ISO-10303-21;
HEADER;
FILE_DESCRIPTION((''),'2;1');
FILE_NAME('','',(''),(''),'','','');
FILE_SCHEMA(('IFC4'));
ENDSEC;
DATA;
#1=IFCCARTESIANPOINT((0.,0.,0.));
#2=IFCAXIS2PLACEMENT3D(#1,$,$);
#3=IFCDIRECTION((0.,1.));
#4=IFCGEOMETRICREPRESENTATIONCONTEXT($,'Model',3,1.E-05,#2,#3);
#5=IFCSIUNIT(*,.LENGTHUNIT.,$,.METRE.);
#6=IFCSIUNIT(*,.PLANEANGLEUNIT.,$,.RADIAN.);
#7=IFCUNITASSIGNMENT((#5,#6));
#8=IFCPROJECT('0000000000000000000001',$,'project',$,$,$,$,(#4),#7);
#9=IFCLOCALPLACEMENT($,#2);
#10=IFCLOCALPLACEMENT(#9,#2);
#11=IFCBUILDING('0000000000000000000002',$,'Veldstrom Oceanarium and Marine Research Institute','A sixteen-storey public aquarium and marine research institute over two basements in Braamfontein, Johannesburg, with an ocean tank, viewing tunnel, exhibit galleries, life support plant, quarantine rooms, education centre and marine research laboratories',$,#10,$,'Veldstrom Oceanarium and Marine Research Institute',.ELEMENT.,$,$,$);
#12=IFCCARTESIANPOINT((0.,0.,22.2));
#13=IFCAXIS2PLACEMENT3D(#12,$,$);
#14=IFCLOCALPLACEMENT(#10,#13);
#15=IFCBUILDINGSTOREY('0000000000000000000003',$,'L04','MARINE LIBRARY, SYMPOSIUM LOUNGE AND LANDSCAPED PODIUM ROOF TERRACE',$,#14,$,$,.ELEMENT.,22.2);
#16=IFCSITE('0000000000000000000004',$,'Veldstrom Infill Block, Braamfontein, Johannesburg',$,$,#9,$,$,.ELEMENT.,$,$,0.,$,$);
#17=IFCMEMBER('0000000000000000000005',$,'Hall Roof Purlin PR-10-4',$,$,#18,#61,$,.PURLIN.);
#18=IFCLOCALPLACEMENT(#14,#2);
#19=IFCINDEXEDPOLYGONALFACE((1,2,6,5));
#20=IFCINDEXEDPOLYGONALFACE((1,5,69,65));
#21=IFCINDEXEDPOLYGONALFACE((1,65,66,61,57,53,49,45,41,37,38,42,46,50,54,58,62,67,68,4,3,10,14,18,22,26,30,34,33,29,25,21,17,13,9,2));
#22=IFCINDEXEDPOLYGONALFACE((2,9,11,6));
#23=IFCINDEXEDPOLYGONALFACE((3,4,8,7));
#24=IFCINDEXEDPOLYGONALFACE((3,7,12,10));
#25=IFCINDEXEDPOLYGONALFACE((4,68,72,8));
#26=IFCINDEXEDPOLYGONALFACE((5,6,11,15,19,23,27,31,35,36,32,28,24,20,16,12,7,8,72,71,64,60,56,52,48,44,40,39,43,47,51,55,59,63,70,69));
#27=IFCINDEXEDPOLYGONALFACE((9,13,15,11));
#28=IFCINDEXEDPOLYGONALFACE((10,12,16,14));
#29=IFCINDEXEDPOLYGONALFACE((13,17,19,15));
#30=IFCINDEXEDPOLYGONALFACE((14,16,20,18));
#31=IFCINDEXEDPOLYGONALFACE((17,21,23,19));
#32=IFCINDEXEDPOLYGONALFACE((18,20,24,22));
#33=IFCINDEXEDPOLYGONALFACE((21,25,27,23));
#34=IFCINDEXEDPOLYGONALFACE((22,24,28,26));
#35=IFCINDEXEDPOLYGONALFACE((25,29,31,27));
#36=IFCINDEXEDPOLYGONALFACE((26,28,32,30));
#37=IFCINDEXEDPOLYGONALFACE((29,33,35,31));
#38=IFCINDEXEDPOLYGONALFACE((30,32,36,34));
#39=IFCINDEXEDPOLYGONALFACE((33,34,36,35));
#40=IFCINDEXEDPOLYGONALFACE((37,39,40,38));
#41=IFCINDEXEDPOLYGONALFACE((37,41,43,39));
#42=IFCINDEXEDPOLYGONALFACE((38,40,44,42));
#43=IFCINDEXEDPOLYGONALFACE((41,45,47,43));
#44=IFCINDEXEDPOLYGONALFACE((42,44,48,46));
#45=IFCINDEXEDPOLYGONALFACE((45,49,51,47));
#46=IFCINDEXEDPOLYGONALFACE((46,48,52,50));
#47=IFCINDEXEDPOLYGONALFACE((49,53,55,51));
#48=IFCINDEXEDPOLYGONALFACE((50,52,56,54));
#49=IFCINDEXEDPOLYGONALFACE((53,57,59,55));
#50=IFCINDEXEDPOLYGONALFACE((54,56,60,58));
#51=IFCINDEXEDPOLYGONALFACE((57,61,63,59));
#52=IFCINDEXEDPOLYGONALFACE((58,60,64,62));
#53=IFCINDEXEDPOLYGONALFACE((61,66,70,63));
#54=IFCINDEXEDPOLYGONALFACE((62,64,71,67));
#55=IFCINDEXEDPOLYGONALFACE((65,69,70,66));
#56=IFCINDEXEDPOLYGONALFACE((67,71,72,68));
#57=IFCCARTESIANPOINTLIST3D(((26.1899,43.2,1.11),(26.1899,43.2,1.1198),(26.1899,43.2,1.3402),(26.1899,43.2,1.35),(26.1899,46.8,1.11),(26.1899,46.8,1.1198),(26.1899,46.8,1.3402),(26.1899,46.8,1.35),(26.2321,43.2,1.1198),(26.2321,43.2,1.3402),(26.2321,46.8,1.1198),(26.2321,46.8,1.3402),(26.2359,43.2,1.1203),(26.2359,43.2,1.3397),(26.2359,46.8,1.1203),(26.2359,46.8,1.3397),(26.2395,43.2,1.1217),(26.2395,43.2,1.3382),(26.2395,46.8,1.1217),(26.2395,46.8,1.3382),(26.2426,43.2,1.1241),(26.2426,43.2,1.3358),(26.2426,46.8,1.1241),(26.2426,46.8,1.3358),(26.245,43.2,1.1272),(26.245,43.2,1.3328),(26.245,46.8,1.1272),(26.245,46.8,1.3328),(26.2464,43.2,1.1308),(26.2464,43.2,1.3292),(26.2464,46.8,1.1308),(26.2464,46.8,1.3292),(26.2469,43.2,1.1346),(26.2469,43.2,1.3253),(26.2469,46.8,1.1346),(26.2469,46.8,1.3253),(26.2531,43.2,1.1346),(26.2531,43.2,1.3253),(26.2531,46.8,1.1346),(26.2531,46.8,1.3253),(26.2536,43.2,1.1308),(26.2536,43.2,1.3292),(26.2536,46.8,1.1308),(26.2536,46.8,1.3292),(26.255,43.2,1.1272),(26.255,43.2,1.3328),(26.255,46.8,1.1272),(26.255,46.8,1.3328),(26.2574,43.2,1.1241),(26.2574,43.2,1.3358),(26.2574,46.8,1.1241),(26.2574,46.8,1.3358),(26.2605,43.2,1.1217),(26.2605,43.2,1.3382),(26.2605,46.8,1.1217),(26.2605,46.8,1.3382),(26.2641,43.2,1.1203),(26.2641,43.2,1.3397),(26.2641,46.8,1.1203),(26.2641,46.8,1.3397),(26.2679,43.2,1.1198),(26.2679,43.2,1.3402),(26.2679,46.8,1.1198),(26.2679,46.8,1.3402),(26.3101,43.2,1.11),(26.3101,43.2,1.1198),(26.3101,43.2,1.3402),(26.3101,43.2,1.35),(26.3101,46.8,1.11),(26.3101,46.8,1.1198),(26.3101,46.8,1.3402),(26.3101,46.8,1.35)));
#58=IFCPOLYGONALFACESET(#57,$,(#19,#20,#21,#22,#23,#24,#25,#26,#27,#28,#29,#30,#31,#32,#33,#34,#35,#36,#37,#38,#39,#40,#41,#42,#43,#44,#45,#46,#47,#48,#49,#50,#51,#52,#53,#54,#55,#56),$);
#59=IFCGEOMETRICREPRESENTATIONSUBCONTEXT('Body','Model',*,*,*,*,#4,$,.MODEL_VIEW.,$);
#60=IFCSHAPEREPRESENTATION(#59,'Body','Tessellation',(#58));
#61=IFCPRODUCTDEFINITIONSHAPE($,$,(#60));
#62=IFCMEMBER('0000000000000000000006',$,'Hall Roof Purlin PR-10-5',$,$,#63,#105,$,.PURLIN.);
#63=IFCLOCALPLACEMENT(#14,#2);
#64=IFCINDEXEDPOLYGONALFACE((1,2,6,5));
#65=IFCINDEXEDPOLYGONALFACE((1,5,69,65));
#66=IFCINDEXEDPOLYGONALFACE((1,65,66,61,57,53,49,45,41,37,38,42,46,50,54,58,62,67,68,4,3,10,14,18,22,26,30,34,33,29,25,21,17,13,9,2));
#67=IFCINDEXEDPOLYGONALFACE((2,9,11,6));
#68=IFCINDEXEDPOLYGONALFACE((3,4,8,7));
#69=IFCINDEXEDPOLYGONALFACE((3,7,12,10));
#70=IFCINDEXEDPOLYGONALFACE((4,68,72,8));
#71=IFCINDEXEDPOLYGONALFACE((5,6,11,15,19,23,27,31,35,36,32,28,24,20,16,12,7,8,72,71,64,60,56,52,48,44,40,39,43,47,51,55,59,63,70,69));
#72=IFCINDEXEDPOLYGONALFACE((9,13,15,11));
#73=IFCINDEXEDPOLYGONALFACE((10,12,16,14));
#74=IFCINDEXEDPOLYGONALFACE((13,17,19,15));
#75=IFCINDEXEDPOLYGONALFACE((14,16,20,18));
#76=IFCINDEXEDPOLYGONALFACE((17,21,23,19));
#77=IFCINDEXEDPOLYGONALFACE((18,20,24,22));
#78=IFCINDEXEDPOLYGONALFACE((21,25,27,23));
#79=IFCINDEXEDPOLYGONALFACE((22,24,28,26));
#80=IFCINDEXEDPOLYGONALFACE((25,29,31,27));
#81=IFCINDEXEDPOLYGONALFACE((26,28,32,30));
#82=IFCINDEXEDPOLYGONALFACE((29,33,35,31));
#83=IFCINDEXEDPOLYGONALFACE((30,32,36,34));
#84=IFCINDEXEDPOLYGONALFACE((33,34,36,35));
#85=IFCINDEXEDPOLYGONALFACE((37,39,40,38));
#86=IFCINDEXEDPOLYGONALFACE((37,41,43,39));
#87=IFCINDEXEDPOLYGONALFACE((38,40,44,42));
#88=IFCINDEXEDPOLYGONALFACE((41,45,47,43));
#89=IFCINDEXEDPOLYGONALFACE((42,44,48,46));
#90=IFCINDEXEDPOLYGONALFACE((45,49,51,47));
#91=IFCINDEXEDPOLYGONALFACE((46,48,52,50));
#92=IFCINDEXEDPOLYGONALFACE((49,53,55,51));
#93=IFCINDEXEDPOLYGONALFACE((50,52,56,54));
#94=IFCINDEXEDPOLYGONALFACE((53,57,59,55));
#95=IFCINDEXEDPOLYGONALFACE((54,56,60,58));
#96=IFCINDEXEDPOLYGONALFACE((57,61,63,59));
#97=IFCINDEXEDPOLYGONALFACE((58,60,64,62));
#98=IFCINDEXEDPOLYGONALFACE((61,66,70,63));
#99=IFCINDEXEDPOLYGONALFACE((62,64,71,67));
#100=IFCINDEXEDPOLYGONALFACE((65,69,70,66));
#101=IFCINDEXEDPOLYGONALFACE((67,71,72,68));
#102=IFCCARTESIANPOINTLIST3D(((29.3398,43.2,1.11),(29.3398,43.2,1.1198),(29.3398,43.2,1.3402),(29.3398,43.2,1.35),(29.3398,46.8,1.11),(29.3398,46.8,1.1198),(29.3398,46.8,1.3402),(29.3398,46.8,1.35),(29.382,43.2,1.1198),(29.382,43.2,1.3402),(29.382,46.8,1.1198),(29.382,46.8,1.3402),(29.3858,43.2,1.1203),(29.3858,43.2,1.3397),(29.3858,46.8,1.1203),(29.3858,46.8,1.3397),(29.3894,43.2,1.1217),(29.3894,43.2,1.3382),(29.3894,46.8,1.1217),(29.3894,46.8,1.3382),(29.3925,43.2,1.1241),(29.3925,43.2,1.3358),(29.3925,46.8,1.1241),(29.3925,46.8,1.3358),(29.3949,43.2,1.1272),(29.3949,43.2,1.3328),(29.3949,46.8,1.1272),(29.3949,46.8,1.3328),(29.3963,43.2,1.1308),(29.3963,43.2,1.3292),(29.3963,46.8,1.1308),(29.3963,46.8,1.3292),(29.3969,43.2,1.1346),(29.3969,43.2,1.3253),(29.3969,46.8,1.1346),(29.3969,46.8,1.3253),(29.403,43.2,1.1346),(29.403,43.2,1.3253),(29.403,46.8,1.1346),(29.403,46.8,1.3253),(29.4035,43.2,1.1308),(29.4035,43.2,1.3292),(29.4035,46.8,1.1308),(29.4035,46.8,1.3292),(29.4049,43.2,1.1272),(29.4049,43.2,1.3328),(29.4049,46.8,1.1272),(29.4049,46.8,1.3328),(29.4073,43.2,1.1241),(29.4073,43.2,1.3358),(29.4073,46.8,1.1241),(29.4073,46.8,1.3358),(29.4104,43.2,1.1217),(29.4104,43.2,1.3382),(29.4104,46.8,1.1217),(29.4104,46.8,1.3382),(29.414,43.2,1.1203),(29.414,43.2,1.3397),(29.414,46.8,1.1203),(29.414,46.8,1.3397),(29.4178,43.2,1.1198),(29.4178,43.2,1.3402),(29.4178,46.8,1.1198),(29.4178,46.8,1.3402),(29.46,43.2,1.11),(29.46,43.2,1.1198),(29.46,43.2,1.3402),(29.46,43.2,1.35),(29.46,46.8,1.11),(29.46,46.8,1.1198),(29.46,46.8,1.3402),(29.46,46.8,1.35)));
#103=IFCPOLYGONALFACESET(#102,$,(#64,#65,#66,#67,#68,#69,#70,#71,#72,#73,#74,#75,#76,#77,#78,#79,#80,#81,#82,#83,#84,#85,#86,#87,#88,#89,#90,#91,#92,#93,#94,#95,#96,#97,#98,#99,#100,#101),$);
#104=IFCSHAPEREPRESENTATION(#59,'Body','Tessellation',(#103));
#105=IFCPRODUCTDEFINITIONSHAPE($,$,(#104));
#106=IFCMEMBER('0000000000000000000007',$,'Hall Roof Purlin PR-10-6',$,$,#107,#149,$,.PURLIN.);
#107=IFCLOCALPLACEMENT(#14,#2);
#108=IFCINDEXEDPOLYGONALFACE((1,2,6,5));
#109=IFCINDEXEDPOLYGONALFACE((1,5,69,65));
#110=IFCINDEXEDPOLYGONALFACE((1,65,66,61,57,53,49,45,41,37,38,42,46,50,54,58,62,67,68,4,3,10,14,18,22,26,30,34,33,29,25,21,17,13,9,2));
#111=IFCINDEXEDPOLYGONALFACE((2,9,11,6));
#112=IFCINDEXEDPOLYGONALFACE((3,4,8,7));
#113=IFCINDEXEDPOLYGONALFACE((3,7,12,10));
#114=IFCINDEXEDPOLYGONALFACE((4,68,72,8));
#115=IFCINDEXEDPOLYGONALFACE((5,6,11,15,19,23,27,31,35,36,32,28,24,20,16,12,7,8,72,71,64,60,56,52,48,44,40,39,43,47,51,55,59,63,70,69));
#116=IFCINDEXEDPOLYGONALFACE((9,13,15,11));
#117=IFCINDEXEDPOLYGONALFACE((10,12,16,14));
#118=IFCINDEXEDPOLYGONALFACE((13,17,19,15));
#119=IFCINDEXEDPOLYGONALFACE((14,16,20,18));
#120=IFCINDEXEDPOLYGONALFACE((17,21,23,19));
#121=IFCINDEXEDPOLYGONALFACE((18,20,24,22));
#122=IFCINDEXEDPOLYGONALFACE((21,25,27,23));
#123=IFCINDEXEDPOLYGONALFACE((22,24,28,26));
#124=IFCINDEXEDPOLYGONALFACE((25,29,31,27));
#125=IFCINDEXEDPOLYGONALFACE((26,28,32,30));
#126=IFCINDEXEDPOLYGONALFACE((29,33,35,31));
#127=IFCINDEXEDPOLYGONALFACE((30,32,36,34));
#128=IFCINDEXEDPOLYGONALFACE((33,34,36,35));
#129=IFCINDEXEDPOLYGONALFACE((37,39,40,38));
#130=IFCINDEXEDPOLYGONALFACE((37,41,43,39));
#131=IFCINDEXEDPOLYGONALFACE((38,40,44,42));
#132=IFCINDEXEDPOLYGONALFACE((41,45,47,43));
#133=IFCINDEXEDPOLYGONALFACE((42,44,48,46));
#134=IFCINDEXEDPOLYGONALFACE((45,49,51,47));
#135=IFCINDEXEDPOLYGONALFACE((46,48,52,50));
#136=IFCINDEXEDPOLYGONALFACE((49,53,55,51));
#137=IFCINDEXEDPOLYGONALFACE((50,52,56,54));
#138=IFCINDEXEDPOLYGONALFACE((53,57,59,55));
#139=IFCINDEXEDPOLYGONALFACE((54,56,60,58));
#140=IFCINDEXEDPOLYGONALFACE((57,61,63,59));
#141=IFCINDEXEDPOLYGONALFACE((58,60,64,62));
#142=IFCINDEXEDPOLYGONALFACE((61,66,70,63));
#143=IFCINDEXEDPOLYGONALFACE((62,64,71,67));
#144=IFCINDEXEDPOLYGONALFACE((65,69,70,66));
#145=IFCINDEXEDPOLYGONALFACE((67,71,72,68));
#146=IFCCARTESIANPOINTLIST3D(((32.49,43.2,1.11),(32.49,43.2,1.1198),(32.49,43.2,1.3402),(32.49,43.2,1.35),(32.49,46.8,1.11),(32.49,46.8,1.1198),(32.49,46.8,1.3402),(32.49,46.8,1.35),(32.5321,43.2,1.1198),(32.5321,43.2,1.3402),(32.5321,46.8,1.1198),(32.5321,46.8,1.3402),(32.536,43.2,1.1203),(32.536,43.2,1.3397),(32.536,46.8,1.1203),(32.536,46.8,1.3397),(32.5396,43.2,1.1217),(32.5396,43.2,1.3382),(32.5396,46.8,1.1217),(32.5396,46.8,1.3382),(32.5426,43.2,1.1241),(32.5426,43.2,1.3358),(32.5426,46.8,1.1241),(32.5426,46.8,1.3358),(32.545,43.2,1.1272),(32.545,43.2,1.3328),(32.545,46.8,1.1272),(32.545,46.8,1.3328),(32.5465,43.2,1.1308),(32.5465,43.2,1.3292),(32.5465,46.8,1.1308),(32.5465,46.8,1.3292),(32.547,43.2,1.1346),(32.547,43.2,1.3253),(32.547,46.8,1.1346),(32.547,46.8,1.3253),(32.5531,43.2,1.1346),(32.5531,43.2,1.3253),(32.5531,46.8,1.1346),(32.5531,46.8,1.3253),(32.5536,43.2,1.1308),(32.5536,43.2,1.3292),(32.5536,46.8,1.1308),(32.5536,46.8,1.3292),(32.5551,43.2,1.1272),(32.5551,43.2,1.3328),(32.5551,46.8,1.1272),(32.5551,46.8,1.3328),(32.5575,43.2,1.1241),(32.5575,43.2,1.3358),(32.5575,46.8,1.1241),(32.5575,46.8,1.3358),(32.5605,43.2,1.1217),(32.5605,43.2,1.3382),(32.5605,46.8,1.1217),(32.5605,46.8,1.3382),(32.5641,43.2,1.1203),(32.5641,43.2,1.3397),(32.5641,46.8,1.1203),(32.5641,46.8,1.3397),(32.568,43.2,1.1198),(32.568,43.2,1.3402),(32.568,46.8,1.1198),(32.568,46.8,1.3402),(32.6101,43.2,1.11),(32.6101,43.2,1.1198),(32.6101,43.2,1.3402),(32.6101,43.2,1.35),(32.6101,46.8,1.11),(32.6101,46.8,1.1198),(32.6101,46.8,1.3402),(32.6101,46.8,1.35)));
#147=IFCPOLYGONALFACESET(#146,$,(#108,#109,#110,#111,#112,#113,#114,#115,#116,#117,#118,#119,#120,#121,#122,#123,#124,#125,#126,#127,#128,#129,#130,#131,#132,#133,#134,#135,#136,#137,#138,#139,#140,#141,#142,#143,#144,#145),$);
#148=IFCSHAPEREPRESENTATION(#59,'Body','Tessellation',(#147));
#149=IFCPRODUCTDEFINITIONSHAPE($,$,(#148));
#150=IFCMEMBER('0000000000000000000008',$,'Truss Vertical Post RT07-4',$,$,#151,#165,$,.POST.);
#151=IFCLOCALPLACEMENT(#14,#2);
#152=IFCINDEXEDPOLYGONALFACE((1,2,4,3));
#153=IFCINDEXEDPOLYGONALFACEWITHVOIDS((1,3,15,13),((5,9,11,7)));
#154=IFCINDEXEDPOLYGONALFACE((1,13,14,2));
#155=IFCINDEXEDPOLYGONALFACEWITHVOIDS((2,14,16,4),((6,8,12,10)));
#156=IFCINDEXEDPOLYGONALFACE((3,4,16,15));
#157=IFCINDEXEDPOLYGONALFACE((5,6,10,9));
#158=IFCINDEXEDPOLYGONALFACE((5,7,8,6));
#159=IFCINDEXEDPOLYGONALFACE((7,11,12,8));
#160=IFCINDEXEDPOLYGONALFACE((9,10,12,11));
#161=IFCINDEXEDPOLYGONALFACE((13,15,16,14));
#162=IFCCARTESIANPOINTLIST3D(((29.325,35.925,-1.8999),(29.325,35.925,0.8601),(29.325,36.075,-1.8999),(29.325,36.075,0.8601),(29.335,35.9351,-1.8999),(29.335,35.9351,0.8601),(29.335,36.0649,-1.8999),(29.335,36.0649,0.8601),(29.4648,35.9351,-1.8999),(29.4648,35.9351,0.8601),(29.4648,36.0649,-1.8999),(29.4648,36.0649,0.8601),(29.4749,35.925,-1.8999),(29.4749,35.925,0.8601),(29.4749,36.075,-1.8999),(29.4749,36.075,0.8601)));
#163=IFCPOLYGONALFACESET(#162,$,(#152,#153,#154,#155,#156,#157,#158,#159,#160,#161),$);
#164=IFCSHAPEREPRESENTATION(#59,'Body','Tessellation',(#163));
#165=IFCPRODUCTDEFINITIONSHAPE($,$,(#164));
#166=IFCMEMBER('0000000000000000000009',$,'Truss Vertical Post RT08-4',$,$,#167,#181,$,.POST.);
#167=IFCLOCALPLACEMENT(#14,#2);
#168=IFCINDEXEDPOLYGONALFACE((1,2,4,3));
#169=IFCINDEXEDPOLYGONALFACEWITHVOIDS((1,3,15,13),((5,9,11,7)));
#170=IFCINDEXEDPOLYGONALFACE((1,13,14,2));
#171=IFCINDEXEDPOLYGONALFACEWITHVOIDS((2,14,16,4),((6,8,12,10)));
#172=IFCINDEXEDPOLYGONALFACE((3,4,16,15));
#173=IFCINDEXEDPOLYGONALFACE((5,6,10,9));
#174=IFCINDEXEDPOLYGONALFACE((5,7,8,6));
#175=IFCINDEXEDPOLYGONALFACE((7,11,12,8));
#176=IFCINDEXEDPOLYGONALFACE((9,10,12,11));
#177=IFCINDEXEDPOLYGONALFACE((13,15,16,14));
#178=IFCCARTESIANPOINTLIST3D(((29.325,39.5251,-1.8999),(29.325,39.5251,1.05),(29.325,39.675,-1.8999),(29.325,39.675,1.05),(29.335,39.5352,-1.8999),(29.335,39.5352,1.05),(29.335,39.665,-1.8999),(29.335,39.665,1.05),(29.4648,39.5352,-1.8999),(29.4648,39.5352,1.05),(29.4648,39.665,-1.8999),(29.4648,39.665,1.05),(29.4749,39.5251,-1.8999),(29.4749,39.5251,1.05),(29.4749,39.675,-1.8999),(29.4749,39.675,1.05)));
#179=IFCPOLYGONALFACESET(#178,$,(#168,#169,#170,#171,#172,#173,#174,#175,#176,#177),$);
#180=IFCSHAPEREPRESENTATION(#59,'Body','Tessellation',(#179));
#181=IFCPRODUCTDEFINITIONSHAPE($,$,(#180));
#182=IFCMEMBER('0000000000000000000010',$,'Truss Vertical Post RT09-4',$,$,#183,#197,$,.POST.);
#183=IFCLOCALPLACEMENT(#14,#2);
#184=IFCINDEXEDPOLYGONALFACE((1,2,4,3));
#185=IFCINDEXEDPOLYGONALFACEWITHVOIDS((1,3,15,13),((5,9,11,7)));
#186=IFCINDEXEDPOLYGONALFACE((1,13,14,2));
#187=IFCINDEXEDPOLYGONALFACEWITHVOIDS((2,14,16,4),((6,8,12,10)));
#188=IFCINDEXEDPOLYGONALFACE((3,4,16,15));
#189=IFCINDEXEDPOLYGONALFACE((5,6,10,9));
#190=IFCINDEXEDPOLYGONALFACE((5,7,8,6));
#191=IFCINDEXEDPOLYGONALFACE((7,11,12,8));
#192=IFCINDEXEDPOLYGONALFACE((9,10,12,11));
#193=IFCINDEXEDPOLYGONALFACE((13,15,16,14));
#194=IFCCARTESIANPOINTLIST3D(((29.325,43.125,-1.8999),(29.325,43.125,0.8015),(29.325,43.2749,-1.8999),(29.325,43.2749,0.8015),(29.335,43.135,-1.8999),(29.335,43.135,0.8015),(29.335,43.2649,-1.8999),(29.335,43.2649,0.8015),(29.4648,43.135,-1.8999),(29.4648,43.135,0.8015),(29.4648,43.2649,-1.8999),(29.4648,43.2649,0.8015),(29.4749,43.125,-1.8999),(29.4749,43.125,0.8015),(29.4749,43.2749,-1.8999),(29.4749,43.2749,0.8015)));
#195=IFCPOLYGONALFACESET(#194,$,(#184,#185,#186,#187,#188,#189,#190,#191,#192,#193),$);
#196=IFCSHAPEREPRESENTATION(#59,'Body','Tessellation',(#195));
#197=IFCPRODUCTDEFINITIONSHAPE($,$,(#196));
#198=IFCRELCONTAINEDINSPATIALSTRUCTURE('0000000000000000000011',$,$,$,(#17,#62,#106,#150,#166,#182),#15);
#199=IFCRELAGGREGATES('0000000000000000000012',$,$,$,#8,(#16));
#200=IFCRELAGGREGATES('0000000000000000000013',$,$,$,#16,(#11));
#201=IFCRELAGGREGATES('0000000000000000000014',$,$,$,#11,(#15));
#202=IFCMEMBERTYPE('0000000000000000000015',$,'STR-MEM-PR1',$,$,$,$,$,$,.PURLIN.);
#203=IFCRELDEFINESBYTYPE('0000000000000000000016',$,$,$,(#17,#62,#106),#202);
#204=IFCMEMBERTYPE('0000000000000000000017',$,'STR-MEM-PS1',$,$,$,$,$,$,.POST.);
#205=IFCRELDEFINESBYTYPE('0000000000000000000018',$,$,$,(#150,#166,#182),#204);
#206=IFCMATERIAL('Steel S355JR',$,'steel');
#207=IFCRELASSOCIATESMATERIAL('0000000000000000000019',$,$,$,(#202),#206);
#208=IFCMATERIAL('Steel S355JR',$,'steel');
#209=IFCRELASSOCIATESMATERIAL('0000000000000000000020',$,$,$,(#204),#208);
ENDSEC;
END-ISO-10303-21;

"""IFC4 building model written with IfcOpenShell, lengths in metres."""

from ifc_helpers import new_model, si_unit, direction, frame, origin, origin_2d, place, context, subcontext, project, spatial, hollow_rectangle, i_section, extrude, material, material_profile, profile_set, type_object, element, save


model = new_model("IFC4")

# Units and contexts
model_context = context("Model", 3, precision=1e-05, world=origin(), true_north=direction((0.0, 1.0)))
body_context = subcontext(model_context, "Body", "Model", "MODEL_VIEW")
ifc_project = project(units=[si_unit("LENGTHUNIT", "METRE"), si_unit("PLANEANGLEUNIT", "RADIAN")], contexts=[model_context])

# Site, building, storey
site_placement = place(None, origin())
site = spatial("IfcSite", under=ifc_project, at=site_placement, Name="Veldstrom Infill Block, Braamfontein, Johannesburg", CompositionType="ELEMENT", RefElevation=0.0)
building_placement = place(site_placement, origin())
building = spatial("IfcBuilding", under=site, at=building_placement, Name="Veldstrom Oceanarium and Marine Research Institute", Description="A sixteen-storey public aquarium and marine research institute over two basements in Braamfontein, Johannesburg, with an ocean tank, viewing tunnel, exhibit galleries, life support plant, quarantine rooms, education centre and marine research laboratories", LongName="Veldstrom Oceanarium and Marine Research Institute", CompositionType="ELEMENT")
storey_placement = place(building_placement, frame((0.0, 0.0, 22.2)))
storey = spatial("IfcBuildingStorey", under=building, at=storey_placement, Name="L04", Description="MARINE LIBRARY, SYMPOSIUM LOUNGE AND LANDSCAPED PODIUM ROOF TERRACE", CompositionType="ELEMENT", Elevation=22.2)

# Members
ifc_material_1 = material(Name="Steel S355JR", Category="steel")
ifc_material_profile_1 = material_profile(ifc_material_1, i_section(OverallWidth=0.1201, OverallDepth=0.24, WebThickness=0.0061, FlangeThickness=0.0098, FilletRadius=0.0149, at=origin_2d()), Name="IPE 240")
ifc_profile_set_1 = profile_set([ifc_material_profile_1], Name="Steel S355JR")
member_type_1 = type_object("IfcMemberType", Name="STR-MEM-PR1", PredefinedType="PURLIN", material=ifc_profile_set_1)
for number, where, z_axis, x_axis, name in (
    (1, (26.25, 43.2, 1.23), (0.0, 1.0, 0.0), (-1.0, 0.0, 0.0), "Hall Roof Purlin PR-10-4"),
    (2, (29.3999, 43.2, 1.23), (0.0, 1.0, 0.0), (-1.0, 0.0, 0.0), "Hall Roof Purlin PR-10-5"),
    (3, (32.55, 43.2, 1.23), (0.0, 1.0, 0.0), (-1.0, 0.0, 0.0), "Hall Roof Purlin PR-10-6"),
):
    element("IfcMember", number, at=place(storey_placement, frame(where, z_axis=z_axis, x_axis=x_axis)), inside=storey, type_object=member_type_1, Name=name, PredefinedType="PURLIN", context=body_context, shape_type="SweptSolid", body=[
        extrude(i_section(OverallWidth=0.1201, OverallDepth=0.24, WebThickness=0.0061, FlangeThickness=0.0098, FilletRadius=0.0149, at=origin_2d()), origin(), (0.0, 0.0, 1.0), 3.6001),
    ])
ifc_material_2 = material(Name="Steel S355JR", Category="steel")
ifc_material_profile_2 = material_profile(ifc_material_2, hollow_rectangle(XDim=0.1499, YDim=0.1499, WallThickness=0.01, at=origin_2d()), Name="SHS 150x150x10")
ifc_profile_set_2 = profile_set([ifc_material_profile_2], Name="Steel S355JR")
member_type_2 = type_object("IfcMemberType", Name="STR-MEM-PS1", PredefinedType="POST", material=ifc_profile_set_2)
member_1_placement = place(storey_placement, frame((29.3999, 36.0, -1.8999), z_axis=(0.0, 0.0, 1.0), x_axis=(1.0, 0.0, 0.0)))
element("IfcMember", 4, at=member_1_placement, inside=storey, type_object=member_type_2, Name="Truss Vertical Post RT07-4", PredefinedType="POST", context=body_context, shape_type="SweptSolid", body=[
    extrude(hollow_rectangle(XDim=0.1499, YDim=0.1499, WallThickness=0.01, at=origin_2d()), origin(), (0.0, 0.0, 1.0), 2.76),
])
member_2_placement = place(storey_placement, frame((29.3999, 39.6001, -1.8999), z_axis=(0.0, 0.0, 1.0), x_axis=(1.0, 0.0, 0.0)))
element("IfcMember", 5, at=member_2_placement, inside=storey, type_object=member_type_2, Name="Truss Vertical Post RT08-4", PredefinedType="POST", context=body_context, shape_type="SweptSolid", body=[
    extrude(hollow_rectangle(XDim=0.1499, YDim=0.1499, WallThickness=0.01, at=origin_2d()), origin(), (0.0, 0.0, 1.0), 2.95),
])
member_3_placement = place(storey_placement, frame((29.3999, 43.2, -1.8999), z_axis=(0.0, 0.0, 1.0), x_axis=(1.0, 0.0, 0.0)))
element("IfcMember", 6, at=member_3_placement, inside=storey, type_object=member_type_2, Name="Truss Vertical Post RT09-4", PredefinedType="POST", context=body_context, shape_type="SweptSolid", body=[
    extrude(hollow_rectangle(XDim=0.1499, YDim=0.1499, WallThickness=0.01, at=origin_2d()), origin(), (0.0, 0.0, 1.0), 2.7014),
])

save(model, "model.ifc")
